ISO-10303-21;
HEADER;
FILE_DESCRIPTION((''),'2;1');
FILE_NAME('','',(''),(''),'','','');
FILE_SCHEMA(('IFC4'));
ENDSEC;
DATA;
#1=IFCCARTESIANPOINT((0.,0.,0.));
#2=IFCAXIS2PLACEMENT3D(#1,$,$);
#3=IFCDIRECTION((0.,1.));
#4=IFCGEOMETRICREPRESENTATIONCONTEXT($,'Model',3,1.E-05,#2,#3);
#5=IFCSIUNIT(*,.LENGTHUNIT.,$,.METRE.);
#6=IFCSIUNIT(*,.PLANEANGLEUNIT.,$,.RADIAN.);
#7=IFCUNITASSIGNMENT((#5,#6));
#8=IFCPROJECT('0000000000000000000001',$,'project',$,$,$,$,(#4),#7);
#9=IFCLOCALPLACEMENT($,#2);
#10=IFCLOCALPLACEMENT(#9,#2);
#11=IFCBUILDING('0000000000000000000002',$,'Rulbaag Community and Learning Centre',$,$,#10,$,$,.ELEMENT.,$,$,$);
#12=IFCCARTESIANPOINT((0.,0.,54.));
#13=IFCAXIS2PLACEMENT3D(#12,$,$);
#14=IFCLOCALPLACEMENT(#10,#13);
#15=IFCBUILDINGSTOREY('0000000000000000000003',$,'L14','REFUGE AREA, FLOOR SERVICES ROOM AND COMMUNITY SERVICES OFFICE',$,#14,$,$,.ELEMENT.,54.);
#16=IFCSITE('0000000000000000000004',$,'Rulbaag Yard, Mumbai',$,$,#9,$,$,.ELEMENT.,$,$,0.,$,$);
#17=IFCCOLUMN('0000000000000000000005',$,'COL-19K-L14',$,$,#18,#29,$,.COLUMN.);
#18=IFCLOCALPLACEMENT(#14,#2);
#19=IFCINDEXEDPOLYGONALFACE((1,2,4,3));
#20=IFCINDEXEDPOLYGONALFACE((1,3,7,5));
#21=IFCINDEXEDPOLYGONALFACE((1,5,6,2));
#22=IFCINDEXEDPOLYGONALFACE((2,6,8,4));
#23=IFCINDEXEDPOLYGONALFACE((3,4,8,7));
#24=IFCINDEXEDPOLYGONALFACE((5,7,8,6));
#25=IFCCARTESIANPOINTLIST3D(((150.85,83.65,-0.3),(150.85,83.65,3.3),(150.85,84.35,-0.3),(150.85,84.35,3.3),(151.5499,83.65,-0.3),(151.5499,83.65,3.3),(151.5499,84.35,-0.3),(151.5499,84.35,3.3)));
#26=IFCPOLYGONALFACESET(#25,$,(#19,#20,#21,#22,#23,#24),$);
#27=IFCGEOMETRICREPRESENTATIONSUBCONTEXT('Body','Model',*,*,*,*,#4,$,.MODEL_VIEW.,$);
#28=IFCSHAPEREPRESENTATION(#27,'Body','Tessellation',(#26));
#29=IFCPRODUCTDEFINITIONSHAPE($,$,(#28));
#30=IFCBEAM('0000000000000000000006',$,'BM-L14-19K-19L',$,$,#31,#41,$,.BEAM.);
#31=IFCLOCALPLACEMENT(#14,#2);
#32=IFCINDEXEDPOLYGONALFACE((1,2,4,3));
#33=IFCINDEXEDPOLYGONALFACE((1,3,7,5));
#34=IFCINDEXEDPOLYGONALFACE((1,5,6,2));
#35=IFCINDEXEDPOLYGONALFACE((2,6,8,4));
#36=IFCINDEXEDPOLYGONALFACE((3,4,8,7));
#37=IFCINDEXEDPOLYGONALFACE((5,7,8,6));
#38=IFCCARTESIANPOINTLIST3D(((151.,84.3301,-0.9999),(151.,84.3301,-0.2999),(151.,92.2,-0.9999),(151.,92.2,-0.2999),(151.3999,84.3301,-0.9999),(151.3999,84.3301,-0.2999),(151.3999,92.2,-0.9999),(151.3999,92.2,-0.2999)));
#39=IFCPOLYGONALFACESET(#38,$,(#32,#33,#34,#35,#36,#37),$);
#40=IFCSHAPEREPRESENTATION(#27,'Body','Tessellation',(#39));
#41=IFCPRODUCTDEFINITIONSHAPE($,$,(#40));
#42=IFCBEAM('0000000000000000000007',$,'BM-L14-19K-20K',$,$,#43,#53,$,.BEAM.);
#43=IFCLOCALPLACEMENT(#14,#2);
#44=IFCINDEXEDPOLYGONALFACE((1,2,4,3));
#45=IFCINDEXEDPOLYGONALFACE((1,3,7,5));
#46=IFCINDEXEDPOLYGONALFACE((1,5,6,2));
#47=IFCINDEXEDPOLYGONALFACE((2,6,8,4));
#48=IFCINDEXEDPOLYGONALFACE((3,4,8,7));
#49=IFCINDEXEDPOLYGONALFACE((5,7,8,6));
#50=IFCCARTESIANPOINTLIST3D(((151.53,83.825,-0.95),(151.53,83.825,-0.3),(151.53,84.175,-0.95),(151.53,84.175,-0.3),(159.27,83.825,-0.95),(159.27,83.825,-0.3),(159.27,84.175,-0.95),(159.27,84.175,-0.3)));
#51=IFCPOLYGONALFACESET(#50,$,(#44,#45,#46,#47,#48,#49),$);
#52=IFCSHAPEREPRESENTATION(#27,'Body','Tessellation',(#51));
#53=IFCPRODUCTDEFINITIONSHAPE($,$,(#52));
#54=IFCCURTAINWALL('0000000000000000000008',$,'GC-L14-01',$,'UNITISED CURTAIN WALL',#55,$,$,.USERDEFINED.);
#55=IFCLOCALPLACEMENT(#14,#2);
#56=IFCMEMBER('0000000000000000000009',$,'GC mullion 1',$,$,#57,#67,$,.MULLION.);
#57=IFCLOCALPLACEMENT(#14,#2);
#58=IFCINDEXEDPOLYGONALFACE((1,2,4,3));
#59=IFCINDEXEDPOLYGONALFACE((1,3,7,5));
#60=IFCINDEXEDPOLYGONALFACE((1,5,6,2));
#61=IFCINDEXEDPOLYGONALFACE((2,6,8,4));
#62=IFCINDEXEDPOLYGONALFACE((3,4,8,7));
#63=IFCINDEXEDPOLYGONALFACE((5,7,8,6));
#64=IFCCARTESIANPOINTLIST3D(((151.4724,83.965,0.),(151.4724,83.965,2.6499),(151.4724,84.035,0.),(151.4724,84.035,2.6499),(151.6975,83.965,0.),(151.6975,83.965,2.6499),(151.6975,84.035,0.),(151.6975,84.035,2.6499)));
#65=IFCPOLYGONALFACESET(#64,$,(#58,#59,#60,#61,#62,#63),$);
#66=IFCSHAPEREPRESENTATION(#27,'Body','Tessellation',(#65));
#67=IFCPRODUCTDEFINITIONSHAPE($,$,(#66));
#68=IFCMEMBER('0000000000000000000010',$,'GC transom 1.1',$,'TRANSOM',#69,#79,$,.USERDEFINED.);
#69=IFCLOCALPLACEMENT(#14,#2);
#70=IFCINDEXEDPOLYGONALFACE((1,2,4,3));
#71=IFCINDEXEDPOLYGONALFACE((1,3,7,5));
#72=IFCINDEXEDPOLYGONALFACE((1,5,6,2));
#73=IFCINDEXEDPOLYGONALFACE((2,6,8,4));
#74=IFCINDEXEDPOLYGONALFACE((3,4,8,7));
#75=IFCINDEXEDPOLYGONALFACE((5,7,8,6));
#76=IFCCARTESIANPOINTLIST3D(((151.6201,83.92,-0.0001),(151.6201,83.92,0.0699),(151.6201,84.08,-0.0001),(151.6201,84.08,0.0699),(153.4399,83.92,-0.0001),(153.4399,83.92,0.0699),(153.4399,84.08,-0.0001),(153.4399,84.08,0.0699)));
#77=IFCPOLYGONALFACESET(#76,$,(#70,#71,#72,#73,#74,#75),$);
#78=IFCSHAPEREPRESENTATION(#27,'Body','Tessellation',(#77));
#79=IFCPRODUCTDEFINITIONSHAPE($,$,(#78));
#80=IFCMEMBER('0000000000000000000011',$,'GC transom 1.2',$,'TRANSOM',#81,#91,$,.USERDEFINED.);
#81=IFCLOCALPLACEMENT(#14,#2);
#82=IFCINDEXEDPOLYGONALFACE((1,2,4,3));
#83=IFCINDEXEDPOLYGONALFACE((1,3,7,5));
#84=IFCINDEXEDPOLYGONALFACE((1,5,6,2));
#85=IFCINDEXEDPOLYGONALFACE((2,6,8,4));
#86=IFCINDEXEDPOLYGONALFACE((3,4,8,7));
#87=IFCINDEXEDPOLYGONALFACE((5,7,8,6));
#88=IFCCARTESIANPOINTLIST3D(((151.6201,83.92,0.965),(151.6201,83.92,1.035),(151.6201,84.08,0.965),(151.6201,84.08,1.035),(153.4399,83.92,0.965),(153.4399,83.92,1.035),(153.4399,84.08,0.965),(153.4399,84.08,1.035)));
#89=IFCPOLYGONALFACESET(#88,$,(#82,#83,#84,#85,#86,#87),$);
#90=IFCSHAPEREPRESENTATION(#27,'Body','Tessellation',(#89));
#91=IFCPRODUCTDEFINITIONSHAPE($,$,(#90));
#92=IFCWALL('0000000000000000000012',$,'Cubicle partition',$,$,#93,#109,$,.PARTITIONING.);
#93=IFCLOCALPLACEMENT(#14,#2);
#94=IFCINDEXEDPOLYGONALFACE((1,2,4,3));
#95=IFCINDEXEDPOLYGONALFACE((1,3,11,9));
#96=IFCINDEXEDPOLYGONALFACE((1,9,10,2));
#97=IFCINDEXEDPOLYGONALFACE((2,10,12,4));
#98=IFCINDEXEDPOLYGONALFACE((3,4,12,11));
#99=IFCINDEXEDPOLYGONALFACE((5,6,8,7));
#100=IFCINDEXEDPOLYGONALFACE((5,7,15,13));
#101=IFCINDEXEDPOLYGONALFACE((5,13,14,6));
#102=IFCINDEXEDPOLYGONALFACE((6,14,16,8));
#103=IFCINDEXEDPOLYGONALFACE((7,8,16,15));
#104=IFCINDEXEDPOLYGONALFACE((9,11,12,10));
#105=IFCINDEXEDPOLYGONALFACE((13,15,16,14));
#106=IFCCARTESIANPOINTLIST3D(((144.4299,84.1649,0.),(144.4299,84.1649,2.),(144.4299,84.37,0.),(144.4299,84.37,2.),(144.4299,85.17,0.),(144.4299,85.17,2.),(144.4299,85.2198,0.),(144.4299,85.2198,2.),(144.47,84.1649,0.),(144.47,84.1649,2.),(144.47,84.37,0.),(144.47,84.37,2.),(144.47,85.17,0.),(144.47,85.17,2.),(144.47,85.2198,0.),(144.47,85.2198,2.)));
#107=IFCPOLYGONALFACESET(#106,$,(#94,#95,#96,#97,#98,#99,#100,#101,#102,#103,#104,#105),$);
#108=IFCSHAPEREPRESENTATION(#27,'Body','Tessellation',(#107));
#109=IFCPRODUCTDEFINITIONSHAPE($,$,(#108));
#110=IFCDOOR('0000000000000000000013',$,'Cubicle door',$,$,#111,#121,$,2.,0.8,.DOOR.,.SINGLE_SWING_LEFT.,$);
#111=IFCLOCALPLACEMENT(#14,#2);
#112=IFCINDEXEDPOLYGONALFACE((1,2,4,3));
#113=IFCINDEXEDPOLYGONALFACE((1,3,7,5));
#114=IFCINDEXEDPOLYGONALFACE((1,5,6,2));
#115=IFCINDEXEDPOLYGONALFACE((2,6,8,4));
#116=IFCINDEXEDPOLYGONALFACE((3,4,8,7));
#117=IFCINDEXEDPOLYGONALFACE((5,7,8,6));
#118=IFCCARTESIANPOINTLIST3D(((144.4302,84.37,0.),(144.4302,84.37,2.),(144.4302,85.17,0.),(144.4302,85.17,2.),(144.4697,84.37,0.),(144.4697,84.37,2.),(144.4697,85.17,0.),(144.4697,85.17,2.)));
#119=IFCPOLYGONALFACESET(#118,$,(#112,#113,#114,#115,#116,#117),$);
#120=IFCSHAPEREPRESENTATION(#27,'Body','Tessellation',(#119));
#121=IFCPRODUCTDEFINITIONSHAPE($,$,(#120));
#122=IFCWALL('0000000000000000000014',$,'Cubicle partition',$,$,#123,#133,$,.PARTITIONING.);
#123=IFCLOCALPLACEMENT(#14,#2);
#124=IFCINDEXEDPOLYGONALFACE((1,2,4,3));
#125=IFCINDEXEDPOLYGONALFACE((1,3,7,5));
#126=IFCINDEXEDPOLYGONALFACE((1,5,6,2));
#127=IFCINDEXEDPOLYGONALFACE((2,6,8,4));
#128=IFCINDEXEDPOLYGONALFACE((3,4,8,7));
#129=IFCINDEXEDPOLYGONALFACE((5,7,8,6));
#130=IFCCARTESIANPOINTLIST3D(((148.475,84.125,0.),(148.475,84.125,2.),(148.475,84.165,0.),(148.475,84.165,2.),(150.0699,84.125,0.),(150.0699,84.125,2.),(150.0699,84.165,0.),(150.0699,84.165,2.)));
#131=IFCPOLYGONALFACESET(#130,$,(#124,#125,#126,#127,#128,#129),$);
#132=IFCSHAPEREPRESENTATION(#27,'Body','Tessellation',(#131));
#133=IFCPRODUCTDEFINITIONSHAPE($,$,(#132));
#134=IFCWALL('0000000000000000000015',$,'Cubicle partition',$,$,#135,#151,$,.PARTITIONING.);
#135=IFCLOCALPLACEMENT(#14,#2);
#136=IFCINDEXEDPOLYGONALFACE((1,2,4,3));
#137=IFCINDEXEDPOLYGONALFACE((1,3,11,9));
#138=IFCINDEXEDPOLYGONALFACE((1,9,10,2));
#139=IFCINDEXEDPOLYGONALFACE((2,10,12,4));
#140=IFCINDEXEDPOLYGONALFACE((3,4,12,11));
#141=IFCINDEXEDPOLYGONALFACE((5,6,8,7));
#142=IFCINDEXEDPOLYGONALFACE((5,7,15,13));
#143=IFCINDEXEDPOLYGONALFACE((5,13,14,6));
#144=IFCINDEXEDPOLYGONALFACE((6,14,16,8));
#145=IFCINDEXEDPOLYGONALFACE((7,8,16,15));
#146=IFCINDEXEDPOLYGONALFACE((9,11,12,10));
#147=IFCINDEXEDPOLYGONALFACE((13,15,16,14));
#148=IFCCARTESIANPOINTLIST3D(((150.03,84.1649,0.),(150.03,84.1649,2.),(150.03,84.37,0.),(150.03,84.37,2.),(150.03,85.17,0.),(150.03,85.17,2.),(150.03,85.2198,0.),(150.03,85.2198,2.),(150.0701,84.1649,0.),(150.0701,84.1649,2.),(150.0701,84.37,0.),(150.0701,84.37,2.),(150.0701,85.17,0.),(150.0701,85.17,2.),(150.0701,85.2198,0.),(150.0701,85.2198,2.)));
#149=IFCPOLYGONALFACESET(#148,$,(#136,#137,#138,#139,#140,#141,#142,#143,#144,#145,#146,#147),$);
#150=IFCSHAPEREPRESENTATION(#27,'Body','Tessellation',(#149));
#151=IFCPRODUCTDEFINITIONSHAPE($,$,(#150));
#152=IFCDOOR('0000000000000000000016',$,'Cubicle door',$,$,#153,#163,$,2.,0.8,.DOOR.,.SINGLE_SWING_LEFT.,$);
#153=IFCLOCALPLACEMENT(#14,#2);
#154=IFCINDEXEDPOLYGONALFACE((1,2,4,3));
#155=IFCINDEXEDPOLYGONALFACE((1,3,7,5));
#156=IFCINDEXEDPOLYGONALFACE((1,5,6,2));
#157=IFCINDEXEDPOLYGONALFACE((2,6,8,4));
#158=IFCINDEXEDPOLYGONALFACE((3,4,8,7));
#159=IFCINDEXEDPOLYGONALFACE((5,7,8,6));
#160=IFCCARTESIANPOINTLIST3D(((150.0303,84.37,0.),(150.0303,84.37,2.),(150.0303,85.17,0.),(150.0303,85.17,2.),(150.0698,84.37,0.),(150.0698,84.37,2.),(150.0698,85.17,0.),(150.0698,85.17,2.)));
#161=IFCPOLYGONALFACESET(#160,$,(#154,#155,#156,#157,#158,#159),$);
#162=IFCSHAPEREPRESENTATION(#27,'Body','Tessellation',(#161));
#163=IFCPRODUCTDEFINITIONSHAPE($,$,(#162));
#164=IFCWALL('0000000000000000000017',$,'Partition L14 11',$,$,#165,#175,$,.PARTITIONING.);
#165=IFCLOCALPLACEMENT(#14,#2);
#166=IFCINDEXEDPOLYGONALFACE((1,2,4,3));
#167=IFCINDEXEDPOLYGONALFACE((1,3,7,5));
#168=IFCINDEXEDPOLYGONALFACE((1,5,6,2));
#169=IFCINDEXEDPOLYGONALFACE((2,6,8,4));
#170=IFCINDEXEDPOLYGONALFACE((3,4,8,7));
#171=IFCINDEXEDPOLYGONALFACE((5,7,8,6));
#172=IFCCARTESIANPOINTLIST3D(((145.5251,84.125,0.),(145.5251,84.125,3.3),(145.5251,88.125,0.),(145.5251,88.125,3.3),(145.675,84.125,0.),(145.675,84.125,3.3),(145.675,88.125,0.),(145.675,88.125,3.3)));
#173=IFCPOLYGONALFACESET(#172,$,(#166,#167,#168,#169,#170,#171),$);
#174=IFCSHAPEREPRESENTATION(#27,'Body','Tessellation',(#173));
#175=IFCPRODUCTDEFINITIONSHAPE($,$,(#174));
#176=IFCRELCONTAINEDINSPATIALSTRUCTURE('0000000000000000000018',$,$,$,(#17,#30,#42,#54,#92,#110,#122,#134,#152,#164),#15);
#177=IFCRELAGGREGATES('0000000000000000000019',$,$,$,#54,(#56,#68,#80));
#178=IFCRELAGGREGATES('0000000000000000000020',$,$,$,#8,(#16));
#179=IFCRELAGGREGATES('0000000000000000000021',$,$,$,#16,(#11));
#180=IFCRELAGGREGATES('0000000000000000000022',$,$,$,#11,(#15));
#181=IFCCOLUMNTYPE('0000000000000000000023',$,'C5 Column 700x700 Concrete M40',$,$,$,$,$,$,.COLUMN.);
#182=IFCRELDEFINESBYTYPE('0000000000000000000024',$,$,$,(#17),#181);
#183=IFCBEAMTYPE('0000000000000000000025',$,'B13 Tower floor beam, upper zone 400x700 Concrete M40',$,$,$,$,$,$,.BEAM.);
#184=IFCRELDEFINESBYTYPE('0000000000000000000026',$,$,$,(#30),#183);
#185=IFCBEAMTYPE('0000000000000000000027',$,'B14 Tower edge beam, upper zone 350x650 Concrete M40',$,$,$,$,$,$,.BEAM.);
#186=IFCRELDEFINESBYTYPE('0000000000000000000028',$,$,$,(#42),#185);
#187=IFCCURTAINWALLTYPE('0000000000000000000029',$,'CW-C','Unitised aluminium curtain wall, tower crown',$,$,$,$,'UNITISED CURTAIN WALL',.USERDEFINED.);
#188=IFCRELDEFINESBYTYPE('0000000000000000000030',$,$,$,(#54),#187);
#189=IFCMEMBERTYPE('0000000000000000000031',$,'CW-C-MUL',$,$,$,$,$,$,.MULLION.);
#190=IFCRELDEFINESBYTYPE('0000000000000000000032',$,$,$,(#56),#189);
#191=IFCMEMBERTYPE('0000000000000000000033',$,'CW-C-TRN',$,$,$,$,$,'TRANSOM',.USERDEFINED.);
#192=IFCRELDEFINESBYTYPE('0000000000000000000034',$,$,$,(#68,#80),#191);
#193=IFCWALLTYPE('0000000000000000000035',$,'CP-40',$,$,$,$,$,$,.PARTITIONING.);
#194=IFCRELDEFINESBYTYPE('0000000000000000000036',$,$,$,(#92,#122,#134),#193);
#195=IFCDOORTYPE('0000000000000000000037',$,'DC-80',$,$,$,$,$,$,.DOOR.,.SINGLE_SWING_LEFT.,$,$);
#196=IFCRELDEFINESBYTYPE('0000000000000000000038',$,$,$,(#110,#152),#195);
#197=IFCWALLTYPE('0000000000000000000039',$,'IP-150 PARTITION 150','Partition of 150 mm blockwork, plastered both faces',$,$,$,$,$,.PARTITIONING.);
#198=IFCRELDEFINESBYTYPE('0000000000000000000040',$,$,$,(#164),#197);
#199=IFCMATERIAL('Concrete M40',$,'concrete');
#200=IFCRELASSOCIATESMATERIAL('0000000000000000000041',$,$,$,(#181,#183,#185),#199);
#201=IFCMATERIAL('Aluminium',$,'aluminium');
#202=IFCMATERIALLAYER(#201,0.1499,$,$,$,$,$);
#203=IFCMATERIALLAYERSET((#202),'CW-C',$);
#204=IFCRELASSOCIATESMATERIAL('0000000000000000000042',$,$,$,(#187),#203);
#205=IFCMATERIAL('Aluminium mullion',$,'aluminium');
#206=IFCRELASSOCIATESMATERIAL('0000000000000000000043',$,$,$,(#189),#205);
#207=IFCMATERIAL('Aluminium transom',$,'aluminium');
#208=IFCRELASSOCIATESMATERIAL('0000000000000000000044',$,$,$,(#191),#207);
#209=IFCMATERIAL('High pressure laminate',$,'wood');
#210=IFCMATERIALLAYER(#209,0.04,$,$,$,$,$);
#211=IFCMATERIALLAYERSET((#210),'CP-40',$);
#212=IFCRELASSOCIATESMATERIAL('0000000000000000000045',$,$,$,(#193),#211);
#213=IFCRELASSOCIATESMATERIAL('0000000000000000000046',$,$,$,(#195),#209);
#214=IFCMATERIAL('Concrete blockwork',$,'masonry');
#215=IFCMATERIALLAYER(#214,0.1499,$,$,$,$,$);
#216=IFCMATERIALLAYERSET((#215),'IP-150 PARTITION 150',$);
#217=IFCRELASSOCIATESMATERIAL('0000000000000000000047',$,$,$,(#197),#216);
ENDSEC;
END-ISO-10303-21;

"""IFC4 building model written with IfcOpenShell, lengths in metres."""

from ifc_helpers import new_model, si_unit, direction, frame, frame_2d, origin, origin_2d, place, context, subcontext, project, spatial, rectangle, extrude, material, layer, layer_set, material_profile, profile_set, type_object, element, fill, aggregate, save


model = new_model("IFC4")

# Units and contexts
model_context = context("Model", 3, precision=1e-05, world=origin(), true_north=direction((0.0, 1.0)))
body_context = subcontext(model_context, "Body", "Model", "MODEL_VIEW")
ifc_project = project(units=[si_unit("LENGTHUNIT", "METRE"), si_unit("PLANEANGLEUNIT", "RADIAN")], contexts=[model_context])

# Site, building, storey
site_placement = place(None, origin())
site = spatial("IfcSite", under=ifc_project, at=site_placement, Name="Rulbaag Yard, Mumbai", CompositionType="ELEMENT", RefElevation=0.0)
building_placement = place(site_placement, origin())
building = spatial("IfcBuilding", under=site, at=building_placement, Name="Rulbaag Community and Learning Centre", CompositionType="ELEMENT")
storey_placement = place(building_placement, frame((0.0, 0.0, 54.0)))
storey = spatial("IfcBuildingStorey", under=building, at=storey_placement, Name="L14", Description="REFUGE AREA, FLOOR SERVICES ROOM AND COMMUNITY SERVICES OFFICE", CompositionType="ELEMENT", Elevation=54.0)

# Column
ifc_material_1 = material(Name="Concrete M40", Category="concrete")
ifc_material_profile_1 = material_profile(ifc_material_1, rectangle(XDim=0.7, YDim=0.7, at=origin_2d()), Name="RC700x700")
ifc_profile_set_1 = profile_set([ifc_material_profile_1], Name="Concrete M40")
column_type = type_object("IfcColumnType", Name="C5 Column 700x700 Concrete M40", PredefinedType="COLUMN", material=ifc_profile_set_1)
column_placement = place(storey_placement, frame((151.2, 84.0, -0.3), z_axis=(0.0, 0.0, 1.0), x_axis=(1.0, 0.0, 0.0)))
element("IfcColumn", 1, at=column_placement, inside=storey, type_object=column_type, Name="COL-19K-L14", PredefinedType="COLUMN", context=body_context, shape_type="SweptSolid", body=[
    extrude(rectangle(XDim=0.7, YDim=0.7, at=origin_2d()), origin(), (0.0, 0.0, 1.0), 3.6001),
])

# Beams
ifc_material_profile_2 = material_profile(ifc_material_1, rectangle(XDim=0.3999, YDim=0.7, at=origin_2d()), Name="RB400x700")
ifc_profile_set_2 = profile_set([ifc_material_profile_2], Name="Concrete M40")
beam_type_1 = type_object("IfcBeamType", Name="B13 Tower floor beam, upper zone 400x700 Concrete M40", PredefinedType="BEAM", material=ifc_profile_set_2)
beam_1_placement = place(storey_placement, frame((151.2, 84.3301, -0.6499), z_axis=(0.0, 1.0, 0.0), x_axis=(-1.0, 0.0, 0.0)))
element("IfcBeam", 2, at=beam_1_placement, inside=storey, type_object=beam_type_1, Name="BM-L14-19K-19L", PredefinedType="BEAM", context=body_context, shape_type="SweptSolid", body=[
    extrude(rectangle(XDim=0.3999, YDim=0.7, at=origin_2d()), origin(), (0.0, 0.0, 1.0), 7.8699),
])
ifc_material_profile_3 = material_profile(ifc_material_1, rectangle(XDim=0.3501, YDim=0.6499, at=origin_2d()), Name="RB350x650")
ifc_profile_set_3 = profile_set([ifc_material_profile_3], Name="Concrete M40")
beam_type_2 = type_object("IfcBeamType", Name="B14 Tower edge beam, upper zone 350x650 Concrete M40", PredefinedType="BEAM", material=ifc_profile_set_3)
beam_2_placement = place(storey_placement, frame((151.53, 84.0, -0.625), z_axis=(1.0, 0.0, 0.0), x_axis=(0.0, 1.0, 0.0)))
element("IfcBeam", 3, at=beam_2_placement, inside=storey, type_object=beam_type_2, Name="BM-L14-19K-20K", PredefinedType="BEAM", context=body_context, shape_type="SweptSolid", body=[
    extrude(rectangle(XDim=0.3501, YDim=0.6499, at=origin_2d()), origin(), (0.0, 0.0, 1.0), 7.74),
])

# Curtain wall, members
ifc_material_2 = material(Name="Aluminium", Category="aluminium")
ifc_layer_1 = layer(ifc_material_2, 0.1499)
ifc_layer_set_1 = layer_set([ifc_layer_1], Name="CW-C")
curtain_wall_type = type_object("IfcCurtainWallType", Name="CW-C", Description="Unitised aluminium curtain wall, tower crown", ElementType="UNITISED CURTAIN WALL", PredefinedType="USERDEFINED", material=ifc_layer_set_1)
curtain_wall_placement = place(storey_placement, origin())
curtain_wall = element("IfcCurtainWall", 4, at=curtain_wall_placement, inside=storey, type_object=curtain_wall_type, Name="GC-L14-01", ObjectType="UNITISED CURTAIN WALL", PredefinedType="USERDEFINED")
ifc_material_3 = material(Name="Aluminium mullion", Category="aluminium")
ifc_material_profile_4 = material_profile(ifc_material_3, rectangle(XDim=0.0701, YDim=0.2251, at=origin_2d()), Name="AL 70x225")
ifc_profile_set_4 = profile_set([ifc_material_profile_4], Name="Aluminium mullion")
member_type_1 = type_object("IfcMemberType", Name="CW-C-MUL", PredefinedType="MULLION", material=ifc_profile_set_4)
member_1_placement = place(storey_placement, frame((151.585, 84.0, 0.0), z_axis=(0.0, 0.0, 1.0), x_axis=(0.0, 1.0, 0.0)))
member_1 = element("IfcMember", 5, at=member_1_placement, type_object=member_type_1, Name="GC mullion 1", PredefinedType="MULLION", context=body_context, shape_type="SweptSolid", body=[
    extrude(rectangle(XDim=0.0701, YDim=0.2251, at=origin_2d()), origin(), (0.0, 0.0, 1.0), 2.6499),
])
ifc_material_4 = material(Name="Aluminium transom", Category="aluminium")
ifc_material_profile_5 = material_profile(ifc_material_4, rectangle(XDim=0.1599, YDim=0.0701, at=origin_2d()), Name="AL 70x160 T")
ifc_profile_set_5 = profile_set([ifc_material_profile_5], Name="Aluminium transom")
member_type_2 = type_object("IfcMemberType", Name="CW-C-TRN", ElementType="TRANSOM", PredefinedType="USERDEFINED", material=ifc_profile_set_5)
member_2_placement = place(storey_placement, frame((151.6201, 84.0, 0.0349), z_axis=(1.0, 0.0, 0.0), x_axis=(0.0, 1.0, 0.0)))
member_2 = element("IfcMember", 6, at=member_2_placement, type_object=member_type_2, Name="GC transom 1.1", ObjectType="TRANSOM", PredefinedType="USERDEFINED", context=body_context, shape_type="SweptSolid", body=[
    extrude(rectangle(XDim=0.1599, YDim=0.0701, at=origin_2d()), origin(), (0.0, 0.0, 1.0), 1.8198),
])
member_3_placement = place(storey_placement, frame((151.6201, 84.0, 1.0), z_axis=(1.0, 0.0, 0.0), x_axis=(0.0, 1.0, 0.0)))
member_3 = element("IfcMember", 7, at=member_3_placement, type_object=member_type_2, Name="GC transom 1.2", ObjectType="TRANSOM", PredefinedType="USERDEFINED", context=body_context, shape_type="SweptSolid", body=[
    extrude(rectangle(XDim=0.1599, YDim=0.0701, at=origin_2d()), origin(), (0.0, 0.0, 1.0), 1.8198),
])
aggregate(curtain_wall, [member_1, member_2, member_3])

# Wall, opening, door
ifc_material_5 = material(Name="High pressure laminate", Category="wood")
ifc_layer_2 = layer(ifc_material_5, 0.04)
ifc_layer_set_2 = layer_set([ifc_layer_2], Name="CP-40")
wall_type_1 = type_object("IfcWallType", Name="CP-40", PredefinedType="PARTITIONING", material=ifc_layer_set_2)
wall_1_placement = place(storey_placement, frame((144.45, 84.165, 0.0), z_axis=(0.0, 0.0, 1.0), x_axis=(0.0, 1.0, 0.0)))
wall_1 = element("IfcWall", 8, at=wall_1_placement, inside=storey, type_object=wall_type_1, Name="Cubicle partition", PredefinedType="PARTITIONING", context=body_context, shape_type="SweptSolid", body=[
    extrude(rectangle(XDim=1.0549, YDim=0.04, at=frame_2d((0.5273, 0.0))), origin(), (0.0, 0.0, 1.0), 2.0),
])
opening_1_placement = place(wall_1_placement, frame((0.2051, 0.0, 0.0)))
opening_1 = element("IfcOpeningElement", 9, at=opening_1_placement, cuts=wall_1, PredefinedType="OPENING", context=body_context, shape_type="SweptSolid", body=[
    extrude(rectangle(XDim=0.8, YDim=2.0, at=frame_2d((0.3999, 1.0))), frame((0.0, 0.03, 0.0), z_axis=(0.0, -1.0, 0.0), x_axis=(1.0, 0.0, 0.0)), (0.0, 0.0, 1.0), 0.0601),
])
door_type = type_object("IfcDoorType", Name="DC-80", OperationType="SINGLE_SWING_LEFT", PredefinedType="DOOR", material=ifc_material_5)
door_1_placement = place(opening_1_placement, origin())
door_1 = element("IfcDoor", 10, at=door_1_placement, inside=storey, type_object=door_type, Name="Cubicle door", OperationType="SINGLE_SWING_LEFT", OverallHeight=2.0, OverallWidth=0.8, PredefinedType="DOOR", context=body_context, shape_type="SweptSolid", body=[
    extrude(rectangle(XDim=0.8, YDim=2.0, at=frame_2d((0.3999, 1.0))), frame((0.0, 0.0198, 0.0), z_axis=(0.0, -1.0, 0.0), x_axis=(1.0, 0.0, 0.0)), (0.0, 0.0, 1.0), 0.0396),
])
fill(opening_1, door_1)

# Wall
wall_2_placement = place(storey_placement, frame((148.4751, 84.145, 0.0), z_axis=(0.0, 0.0, 1.0), x_axis=(1.0, 0.0, 0.0)))
element("IfcWall", 11, at=wall_2_placement, inside=storey, type_object=wall_type_1, Name="Cubicle partition", PredefinedType="PARTITIONING", context=body_context, shape_type="SweptSolid", body=[
    extrude(rectangle(XDim=1.595, YDim=0.04, at=frame_2d((0.7974, 0.0))), origin(), (0.0, 0.0, 1.0), 2.0),
])

# Wall, opening, door
wall_3_placement = place(storey_placement, frame((150.05, 84.165, 0.0), z_axis=(0.0, 0.0, 1.0), x_axis=(0.0, 1.0, 0.0)))
wall_3 = element("IfcWall", 12, at=wall_3_placement, inside=storey, type_object=wall_type_1, Name="Cubicle partition", PredefinedType="PARTITIONING", context=body_context, shape_type="SweptSolid", body=[
    extrude(rectangle(XDim=1.0549, YDim=0.04, at=frame_2d((0.5273, 0.0))), origin(), (0.0, 0.0, 1.0), 2.0),
])
opening_2_placement = place(wall_3_placement, frame((0.2051, 0.0, 0.0)))
opening_2 = element("IfcOpeningElement", 13, at=opening_2_placement, cuts=wall_3, PredefinedType="OPENING", context=body_context, shape_type="SweptSolid", body=[
    extrude(rectangle(XDim=0.8, YDim=2.0, at=frame_2d((0.3999, 1.0))), frame((0.0, 0.03, 0.0), z_axis=(0.0, -1.0, 0.0), x_axis=(1.0, 0.0, 0.0)), (0.0, 0.0, 1.0), 0.0601),
])
door_2_placement = place(opening_2_placement, origin())
door_2 = element("IfcDoor", 14, at=door_2_placement, inside=storey, type_object=door_type, Name="Cubicle door", OperationType="SINGLE_SWING_LEFT", OverallHeight=2.0, OverallWidth=0.8, PredefinedType="DOOR", context=body_context, shape_type="SweptSolid", body=[
    extrude(rectangle(XDim=0.8, YDim=2.0, at=frame_2d((0.3999, 1.0))), frame((0.0, 0.0198, 0.0), z_axis=(0.0, -1.0, 0.0), x_axis=(1.0, 0.0, 0.0)), (0.0, 0.0, 1.0), 0.0396),
])
fill(opening_2, door_2)

# Wall
ifc_material_6 = material(Name="Concrete blockwork", Category="masonry")
ifc_layer_3 = layer(ifc_material_6, 0.1499)
ifc_layer_set_3 = layer_set([ifc_layer_3], Name="IP-150 PARTITION 150")
wall_type_2 = type_object("IfcWallType", Name="IP-150 PARTITION 150", Description="Partition of 150 mm blockwork, plastered both faces", PredefinedType="PARTITIONING", material=ifc_layer_set_3)
for number, where, z_axis, x_axis, name in (
    (15, (145.6001, 84.125, 0.0), (0.0, 0.0, 1.0), (0.0, 1.0, 0.0), "Partition L14 11"),
):
    element("IfcWall", number, at=place(storey_placement, frame(where, z_axis=z_axis, x_axis=x_axis)), inside=storey, type_object=wall_type_2, Name=name, PredefinedType="PARTITIONING", context=body_context, shape_type="SweptSolid", body=[
        extrude(rectangle(XDim=4.0, YDim=0.1499, at=frame_2d((2.0, 0.0))), origin(), (0.0, 0.0, 1.0), 3.3),
    ])

save(model, "model.ifc")
